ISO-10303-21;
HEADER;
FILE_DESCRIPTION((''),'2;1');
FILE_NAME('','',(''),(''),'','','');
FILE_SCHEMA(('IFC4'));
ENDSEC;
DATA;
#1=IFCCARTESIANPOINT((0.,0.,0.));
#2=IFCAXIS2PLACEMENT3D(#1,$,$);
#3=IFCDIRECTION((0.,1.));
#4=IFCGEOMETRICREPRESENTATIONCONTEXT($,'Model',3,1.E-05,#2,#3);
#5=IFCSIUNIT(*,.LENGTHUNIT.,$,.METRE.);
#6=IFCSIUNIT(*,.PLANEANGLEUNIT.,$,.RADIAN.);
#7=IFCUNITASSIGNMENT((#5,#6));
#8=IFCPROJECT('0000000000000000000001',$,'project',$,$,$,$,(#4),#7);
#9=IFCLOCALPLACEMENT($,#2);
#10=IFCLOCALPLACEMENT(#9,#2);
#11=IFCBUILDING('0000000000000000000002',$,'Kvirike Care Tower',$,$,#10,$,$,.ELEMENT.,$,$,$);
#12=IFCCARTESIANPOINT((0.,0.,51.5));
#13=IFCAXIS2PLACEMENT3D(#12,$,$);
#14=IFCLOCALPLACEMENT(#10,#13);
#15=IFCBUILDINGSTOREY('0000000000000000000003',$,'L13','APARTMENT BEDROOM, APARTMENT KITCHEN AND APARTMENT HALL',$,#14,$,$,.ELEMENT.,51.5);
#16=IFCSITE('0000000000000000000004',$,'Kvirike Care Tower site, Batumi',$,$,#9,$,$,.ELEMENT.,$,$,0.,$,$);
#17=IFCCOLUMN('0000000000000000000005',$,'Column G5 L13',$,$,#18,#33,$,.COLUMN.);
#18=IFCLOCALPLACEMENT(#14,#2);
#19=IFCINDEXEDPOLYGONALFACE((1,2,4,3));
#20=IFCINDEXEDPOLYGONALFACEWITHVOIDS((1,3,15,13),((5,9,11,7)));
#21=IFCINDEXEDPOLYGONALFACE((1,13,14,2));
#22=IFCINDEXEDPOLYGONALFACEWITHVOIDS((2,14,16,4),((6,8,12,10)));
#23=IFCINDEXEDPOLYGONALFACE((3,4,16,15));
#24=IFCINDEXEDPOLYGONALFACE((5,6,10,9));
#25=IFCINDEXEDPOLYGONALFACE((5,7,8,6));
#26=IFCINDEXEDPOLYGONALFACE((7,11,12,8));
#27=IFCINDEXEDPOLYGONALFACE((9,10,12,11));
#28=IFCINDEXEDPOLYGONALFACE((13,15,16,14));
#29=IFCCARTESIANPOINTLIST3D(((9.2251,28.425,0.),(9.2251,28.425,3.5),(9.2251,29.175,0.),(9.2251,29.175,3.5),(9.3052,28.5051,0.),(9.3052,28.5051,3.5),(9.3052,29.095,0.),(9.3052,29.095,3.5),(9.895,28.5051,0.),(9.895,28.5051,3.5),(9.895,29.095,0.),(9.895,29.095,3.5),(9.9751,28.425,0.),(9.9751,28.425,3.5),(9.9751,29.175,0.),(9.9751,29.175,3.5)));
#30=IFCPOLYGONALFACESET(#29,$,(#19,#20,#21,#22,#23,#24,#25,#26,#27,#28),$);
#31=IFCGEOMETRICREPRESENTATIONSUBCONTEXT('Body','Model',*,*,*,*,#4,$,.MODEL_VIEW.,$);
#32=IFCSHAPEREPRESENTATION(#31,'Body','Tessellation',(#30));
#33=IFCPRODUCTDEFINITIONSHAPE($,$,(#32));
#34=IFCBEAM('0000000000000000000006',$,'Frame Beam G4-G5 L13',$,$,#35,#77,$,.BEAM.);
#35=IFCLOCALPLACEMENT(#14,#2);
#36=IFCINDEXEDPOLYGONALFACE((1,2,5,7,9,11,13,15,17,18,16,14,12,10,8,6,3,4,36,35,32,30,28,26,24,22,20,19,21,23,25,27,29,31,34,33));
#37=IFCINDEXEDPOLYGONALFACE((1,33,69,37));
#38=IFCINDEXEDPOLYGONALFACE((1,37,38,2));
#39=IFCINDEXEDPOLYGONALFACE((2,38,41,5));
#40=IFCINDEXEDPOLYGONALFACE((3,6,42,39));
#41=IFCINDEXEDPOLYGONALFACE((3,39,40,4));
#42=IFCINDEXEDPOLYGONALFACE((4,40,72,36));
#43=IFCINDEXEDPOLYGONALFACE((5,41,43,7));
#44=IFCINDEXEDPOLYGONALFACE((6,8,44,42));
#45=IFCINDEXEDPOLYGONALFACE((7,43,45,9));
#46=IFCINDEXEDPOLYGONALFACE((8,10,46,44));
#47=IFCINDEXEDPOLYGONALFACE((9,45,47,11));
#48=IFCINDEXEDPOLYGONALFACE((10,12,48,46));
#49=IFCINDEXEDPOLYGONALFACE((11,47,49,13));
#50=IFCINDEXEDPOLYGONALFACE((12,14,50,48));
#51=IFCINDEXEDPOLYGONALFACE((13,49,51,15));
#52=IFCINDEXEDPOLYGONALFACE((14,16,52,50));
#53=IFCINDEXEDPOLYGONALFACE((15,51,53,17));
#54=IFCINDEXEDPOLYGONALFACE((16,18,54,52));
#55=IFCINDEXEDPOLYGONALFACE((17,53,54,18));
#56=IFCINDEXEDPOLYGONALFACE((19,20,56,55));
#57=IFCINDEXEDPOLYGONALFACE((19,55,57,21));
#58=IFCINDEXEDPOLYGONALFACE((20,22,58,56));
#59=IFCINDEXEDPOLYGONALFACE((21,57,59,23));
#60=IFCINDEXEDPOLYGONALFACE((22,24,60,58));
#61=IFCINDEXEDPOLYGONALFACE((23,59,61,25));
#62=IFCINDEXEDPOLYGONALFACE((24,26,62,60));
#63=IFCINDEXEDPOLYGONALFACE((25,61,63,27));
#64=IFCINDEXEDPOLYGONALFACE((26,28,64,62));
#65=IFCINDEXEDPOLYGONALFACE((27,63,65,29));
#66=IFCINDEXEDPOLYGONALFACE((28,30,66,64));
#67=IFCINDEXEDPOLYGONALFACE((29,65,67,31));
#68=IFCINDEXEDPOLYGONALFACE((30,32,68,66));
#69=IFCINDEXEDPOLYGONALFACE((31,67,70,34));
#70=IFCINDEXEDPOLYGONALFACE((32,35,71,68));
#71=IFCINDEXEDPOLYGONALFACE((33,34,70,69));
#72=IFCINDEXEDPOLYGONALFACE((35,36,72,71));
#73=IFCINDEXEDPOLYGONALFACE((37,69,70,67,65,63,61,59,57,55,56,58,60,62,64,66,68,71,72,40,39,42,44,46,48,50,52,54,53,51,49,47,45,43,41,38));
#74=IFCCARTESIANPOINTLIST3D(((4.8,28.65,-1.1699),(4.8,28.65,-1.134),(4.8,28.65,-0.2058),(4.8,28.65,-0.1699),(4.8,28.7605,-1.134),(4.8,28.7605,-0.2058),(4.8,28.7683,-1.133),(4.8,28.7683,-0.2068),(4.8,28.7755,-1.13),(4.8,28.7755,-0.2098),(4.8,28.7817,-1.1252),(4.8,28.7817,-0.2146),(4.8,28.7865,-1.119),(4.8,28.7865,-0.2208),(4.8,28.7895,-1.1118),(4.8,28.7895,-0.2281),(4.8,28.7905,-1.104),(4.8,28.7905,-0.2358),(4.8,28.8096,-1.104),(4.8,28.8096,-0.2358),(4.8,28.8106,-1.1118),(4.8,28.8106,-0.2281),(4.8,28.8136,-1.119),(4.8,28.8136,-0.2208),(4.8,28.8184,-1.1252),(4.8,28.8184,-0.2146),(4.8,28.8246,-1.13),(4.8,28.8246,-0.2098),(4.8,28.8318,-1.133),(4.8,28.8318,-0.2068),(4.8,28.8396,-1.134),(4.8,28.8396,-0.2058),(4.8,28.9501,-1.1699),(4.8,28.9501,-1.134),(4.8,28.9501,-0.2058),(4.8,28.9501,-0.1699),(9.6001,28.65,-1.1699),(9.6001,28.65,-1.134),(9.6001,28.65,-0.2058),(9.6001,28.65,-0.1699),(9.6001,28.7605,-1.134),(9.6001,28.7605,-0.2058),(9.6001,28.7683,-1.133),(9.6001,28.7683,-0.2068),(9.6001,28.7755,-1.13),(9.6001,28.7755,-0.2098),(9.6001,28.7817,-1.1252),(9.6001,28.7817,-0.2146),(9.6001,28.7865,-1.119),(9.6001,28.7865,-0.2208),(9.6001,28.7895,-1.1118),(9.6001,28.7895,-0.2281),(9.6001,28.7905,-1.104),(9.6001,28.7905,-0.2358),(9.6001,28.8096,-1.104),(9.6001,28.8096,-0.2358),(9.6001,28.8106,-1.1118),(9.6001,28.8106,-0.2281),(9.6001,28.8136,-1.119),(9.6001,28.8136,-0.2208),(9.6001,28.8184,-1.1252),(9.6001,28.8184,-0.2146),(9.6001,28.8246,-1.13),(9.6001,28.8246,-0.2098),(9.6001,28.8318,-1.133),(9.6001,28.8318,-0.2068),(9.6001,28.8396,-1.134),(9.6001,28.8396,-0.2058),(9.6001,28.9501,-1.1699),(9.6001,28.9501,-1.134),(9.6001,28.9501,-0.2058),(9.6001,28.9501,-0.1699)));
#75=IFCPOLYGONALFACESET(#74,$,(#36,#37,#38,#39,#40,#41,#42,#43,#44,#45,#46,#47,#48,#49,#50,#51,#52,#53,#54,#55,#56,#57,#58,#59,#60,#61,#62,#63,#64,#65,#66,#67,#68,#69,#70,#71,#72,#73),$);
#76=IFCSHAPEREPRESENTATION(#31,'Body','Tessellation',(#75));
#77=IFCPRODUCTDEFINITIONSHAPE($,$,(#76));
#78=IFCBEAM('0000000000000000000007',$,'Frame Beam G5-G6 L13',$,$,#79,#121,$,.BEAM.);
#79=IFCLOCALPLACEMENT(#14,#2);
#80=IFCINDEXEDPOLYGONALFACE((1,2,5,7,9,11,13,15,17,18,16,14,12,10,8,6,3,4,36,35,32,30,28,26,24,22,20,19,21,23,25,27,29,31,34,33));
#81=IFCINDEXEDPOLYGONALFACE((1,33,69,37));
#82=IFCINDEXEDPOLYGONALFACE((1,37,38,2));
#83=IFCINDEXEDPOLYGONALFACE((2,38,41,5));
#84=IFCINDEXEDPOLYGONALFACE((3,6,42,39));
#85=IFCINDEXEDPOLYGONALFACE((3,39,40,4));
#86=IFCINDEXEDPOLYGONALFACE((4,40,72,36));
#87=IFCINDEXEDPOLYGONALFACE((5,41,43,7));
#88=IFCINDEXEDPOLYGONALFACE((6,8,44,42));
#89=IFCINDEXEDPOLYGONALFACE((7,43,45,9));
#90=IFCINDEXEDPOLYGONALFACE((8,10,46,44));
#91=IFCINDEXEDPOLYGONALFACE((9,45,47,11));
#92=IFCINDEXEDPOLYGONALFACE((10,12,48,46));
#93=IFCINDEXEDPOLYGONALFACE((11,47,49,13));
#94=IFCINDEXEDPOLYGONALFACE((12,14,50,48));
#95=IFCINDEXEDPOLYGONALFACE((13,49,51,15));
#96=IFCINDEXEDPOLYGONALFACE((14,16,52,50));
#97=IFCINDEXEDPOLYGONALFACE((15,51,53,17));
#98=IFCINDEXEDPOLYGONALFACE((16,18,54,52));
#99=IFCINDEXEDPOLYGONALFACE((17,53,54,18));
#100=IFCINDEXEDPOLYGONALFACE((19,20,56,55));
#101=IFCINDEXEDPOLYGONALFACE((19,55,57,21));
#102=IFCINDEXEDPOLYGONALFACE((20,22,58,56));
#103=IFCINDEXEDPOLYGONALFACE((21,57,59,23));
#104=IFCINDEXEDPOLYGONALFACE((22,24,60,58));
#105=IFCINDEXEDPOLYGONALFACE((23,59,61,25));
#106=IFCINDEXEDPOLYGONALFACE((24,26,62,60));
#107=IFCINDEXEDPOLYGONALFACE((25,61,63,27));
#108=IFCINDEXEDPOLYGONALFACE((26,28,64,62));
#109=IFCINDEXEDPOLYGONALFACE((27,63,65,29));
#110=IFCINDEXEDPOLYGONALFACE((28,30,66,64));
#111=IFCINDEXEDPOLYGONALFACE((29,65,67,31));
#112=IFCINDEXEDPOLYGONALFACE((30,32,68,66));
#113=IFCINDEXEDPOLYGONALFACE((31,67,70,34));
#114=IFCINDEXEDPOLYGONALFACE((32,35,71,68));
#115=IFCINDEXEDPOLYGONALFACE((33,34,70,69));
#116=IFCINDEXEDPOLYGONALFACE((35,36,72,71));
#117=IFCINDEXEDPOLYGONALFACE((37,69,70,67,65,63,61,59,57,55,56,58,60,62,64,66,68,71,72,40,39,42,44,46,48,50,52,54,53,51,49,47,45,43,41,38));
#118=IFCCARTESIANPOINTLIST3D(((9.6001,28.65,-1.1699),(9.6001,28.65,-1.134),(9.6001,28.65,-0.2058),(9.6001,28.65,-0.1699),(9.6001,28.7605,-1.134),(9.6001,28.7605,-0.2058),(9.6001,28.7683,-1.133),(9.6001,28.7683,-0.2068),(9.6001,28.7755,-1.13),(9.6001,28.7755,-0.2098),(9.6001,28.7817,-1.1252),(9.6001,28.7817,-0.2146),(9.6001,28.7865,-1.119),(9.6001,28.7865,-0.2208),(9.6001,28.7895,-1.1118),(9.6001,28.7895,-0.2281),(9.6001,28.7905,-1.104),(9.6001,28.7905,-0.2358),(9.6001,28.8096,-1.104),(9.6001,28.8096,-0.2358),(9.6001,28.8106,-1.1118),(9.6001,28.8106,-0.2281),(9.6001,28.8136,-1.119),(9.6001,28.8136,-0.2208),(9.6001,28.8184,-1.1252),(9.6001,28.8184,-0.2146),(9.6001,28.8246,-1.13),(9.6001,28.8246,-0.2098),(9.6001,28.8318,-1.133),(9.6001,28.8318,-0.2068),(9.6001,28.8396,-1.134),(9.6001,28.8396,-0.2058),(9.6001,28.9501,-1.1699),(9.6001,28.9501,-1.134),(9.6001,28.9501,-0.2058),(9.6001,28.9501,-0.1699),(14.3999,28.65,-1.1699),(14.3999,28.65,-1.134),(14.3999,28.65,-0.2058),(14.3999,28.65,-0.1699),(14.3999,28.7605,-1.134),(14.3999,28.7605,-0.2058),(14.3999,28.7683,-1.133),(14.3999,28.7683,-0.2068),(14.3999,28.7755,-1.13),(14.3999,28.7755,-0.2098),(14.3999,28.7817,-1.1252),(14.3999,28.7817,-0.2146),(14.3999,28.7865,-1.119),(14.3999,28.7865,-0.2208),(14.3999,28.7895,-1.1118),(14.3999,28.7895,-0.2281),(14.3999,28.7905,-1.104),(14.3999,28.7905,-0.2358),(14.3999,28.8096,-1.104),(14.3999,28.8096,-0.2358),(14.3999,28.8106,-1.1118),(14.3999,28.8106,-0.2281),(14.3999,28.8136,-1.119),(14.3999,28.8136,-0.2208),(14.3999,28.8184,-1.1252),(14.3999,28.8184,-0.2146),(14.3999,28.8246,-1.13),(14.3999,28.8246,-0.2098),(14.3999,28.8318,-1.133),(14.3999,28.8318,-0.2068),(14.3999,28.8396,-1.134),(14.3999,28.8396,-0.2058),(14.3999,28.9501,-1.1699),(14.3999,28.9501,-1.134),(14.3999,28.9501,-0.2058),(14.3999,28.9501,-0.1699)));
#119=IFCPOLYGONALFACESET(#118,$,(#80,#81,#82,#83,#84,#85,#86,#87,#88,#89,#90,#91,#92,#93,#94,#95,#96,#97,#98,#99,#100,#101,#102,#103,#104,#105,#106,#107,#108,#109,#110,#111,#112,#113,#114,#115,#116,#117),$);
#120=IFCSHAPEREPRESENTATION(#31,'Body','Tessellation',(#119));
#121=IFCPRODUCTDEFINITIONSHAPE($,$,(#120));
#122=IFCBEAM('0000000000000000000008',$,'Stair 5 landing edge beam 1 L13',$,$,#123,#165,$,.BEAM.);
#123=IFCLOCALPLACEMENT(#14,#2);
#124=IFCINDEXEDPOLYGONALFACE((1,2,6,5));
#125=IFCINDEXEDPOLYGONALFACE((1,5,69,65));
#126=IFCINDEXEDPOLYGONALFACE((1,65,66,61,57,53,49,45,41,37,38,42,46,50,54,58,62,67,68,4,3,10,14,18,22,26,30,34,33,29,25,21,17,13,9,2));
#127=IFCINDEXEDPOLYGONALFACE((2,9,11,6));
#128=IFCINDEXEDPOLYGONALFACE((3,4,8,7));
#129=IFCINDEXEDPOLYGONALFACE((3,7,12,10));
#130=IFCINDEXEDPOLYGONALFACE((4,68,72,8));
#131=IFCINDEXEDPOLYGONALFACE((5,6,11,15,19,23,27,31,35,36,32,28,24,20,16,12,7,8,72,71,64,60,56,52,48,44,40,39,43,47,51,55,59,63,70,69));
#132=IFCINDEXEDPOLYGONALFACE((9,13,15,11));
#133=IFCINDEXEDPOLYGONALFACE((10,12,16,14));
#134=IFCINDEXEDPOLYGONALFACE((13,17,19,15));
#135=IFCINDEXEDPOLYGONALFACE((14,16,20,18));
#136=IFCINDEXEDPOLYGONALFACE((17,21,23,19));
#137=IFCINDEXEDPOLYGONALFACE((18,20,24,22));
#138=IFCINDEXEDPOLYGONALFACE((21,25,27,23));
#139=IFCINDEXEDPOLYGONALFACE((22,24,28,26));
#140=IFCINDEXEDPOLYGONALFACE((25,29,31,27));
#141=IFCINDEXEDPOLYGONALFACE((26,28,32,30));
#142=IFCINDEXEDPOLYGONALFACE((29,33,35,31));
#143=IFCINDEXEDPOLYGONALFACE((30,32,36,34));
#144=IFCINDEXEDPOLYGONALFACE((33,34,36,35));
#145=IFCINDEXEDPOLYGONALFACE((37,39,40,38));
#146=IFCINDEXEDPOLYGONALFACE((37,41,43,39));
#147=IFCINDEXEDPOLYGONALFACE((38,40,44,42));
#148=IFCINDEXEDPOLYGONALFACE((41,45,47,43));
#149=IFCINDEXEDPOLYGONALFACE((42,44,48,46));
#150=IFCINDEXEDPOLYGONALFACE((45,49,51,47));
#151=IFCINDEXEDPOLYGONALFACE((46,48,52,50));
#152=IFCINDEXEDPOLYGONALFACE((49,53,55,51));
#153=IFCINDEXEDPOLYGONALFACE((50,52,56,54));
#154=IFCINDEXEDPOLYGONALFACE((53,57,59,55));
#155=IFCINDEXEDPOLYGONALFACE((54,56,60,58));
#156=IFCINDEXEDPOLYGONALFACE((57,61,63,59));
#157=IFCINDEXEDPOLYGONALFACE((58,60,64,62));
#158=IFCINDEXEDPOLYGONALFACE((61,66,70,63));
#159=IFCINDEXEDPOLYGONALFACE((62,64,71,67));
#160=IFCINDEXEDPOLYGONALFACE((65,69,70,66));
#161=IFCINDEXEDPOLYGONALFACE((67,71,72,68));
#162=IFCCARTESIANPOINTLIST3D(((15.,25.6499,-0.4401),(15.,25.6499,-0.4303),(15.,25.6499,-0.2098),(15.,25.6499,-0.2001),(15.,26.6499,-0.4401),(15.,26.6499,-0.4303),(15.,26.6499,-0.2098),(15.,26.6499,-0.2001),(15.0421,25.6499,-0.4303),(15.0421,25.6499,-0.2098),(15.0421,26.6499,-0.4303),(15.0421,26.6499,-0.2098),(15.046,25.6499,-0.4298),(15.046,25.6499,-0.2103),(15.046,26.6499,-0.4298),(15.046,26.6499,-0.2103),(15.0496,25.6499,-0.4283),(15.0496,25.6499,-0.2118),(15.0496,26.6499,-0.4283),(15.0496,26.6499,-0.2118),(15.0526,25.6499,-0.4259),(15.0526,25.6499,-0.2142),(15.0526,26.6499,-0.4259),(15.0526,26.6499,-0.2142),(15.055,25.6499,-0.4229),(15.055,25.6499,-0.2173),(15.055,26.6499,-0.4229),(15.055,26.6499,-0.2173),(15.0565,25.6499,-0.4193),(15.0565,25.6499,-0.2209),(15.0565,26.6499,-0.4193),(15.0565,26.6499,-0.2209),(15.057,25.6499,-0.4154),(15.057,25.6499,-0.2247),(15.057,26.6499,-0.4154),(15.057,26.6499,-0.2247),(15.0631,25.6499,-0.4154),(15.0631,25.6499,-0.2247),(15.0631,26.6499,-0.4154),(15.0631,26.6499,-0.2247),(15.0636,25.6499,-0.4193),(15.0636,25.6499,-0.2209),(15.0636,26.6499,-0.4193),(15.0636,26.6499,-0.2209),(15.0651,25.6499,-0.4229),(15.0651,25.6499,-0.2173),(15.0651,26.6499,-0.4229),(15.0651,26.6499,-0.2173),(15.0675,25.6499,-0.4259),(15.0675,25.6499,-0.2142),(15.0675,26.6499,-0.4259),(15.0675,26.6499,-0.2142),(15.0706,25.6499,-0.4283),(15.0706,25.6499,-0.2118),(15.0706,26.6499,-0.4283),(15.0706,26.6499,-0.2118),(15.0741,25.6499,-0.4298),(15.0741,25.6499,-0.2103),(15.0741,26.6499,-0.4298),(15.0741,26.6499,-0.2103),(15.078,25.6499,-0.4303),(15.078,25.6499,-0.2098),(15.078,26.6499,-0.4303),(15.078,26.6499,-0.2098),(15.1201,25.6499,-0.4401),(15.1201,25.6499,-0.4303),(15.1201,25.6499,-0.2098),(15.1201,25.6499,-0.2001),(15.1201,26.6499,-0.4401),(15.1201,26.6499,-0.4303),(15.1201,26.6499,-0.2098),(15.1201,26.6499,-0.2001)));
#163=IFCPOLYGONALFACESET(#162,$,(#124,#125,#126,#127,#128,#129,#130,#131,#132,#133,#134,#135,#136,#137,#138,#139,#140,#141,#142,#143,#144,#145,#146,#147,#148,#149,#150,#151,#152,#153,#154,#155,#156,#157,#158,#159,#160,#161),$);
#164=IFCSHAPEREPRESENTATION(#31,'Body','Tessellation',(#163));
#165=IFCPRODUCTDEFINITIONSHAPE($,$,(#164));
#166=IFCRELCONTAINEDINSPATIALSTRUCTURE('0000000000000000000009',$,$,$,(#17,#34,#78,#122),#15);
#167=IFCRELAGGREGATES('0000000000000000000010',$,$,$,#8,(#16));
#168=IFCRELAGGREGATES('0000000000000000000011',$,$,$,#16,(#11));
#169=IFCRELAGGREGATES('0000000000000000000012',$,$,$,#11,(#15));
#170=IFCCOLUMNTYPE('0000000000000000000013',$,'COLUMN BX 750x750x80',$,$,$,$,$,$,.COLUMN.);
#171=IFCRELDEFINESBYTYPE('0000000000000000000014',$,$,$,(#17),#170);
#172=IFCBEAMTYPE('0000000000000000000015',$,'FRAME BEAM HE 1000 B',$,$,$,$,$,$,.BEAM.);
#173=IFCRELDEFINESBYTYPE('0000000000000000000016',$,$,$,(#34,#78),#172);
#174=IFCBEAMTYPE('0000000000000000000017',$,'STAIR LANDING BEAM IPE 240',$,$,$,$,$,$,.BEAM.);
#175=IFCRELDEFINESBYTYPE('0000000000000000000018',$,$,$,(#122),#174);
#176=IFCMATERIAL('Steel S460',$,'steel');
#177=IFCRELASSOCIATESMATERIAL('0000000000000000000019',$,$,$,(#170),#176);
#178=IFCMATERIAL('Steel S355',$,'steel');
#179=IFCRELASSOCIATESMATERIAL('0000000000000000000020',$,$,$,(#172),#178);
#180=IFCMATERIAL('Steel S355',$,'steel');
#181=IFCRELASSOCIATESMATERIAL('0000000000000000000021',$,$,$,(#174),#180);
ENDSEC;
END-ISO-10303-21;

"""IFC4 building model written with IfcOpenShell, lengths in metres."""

from ifc_helpers import new_model, si_unit, direction, frame, origin, origin_2d, place, context, subcontext, project, spatial, hollow_rectangle, i_section, extrude, material, material_profile, profile_set, type_object, element, save


model = new_model("IFC4")

# Units and contexts
model_context = context("Model", 3, precision=1e-05, world=origin(), true_north=direction((0.0, 1.0)))
body_context = subcontext(model_context, "Body", "Model", "MODEL_VIEW")
ifc_project = project(units=[si_unit("LENGTHUNIT", "METRE"), si_unit("PLANEANGLEUNIT", "RADIAN")], contexts=[model_context])

# Site, building, storey
site_placement = place(None, origin())
site = spatial("IfcSite", under=ifc_project, at=site_placement, Name="Kvirike Care Tower site, Batumi", CompositionType="ELEMENT", RefElevation=0.0)
building_placement = place(site_placement, origin())
building = spatial("IfcBuilding", under=site, at=building_placement, Name="Kvirike Care Tower", CompositionType="ELEMENT")
storey_placement = place(building_placement, frame((0.0, 0.0, 51.5)))
storey = spatial("IfcBuildingStorey", under=building, at=storey_placement, Name="L13", Description="APARTMENT BEDROOM, APARTMENT KITCHEN AND APARTMENT HALL", CompositionType="ELEMENT", Elevation=51.5)

# Column
ifc_material_1 = material(Name="Steel S460", Category="steel")
ifc_material_profile_1 = material_profile(ifc_material_1, hollow_rectangle(XDim=0.75, YDim=0.75, WallThickness=0.0801, at=origin_2d()), Name="BX 750x750x80")
ifc_profile_set_1 = profile_set([ifc_material_profile_1], Name="Steel S460")
column_type = type_object("IfcColumnType", Name="COLUMN BX 750x750x80", PredefinedType="COLUMN", material=ifc_profile_set_1)
column_placement = place(storey_placement, frame((9.6001, 28.8, 0.0), z_axis=(0.0, 0.0, 1.0), x_axis=(0.0, 1.0, 0.0)))
element("IfcColumn", 1, at=column_placement, inside=storey, type_object=column_type, Name="Column G5 L13", PredefinedType="COLUMN", context=body_context, shape_type="SweptSolid", body=[
    extrude(hollow_rectangle(XDim=0.75, YDim=0.75, WallThickness=0.0801, at=origin_2d()), origin(), (0.0, 0.0, 1.0), 3.5),
])

# Beams
ifc_material_2 = material(Name="Steel S355", Category="steel")
ifc_material_profile_2 = material_profile(ifc_material_2, i_section(OverallWidth=0.3, OverallDepth=1.0, WebThickness=0.019, FlangeThickness=0.0359, FilletRadius=0.03, at=origin_2d()), Name="HE 1000 B")
ifc_profile_set_2 = profile_set([ifc_material_profile_2], Name="Steel S355")
beam_type_1 = type_object("IfcBeamType", Name="FRAME BEAM HE 1000 B", PredefinedType="BEAM", material=ifc_profile_set_2)
beam_1_placement = place(storey_placement, frame((4.8, 28.8, -0.6699), z_axis=(1.0, 0.0, 0.0), x_axis=(0.0, 1.0, 0.0)))
element("IfcBeam", 2, at=beam_1_placement, inside=storey, type_object=beam_type_1, Name="Frame Beam G4-G5 L13", PredefinedType="BEAM", context=body_context, shape_type="SweptSolid", body=[
    extrude(i_section(OverallWidth=0.3, OverallDepth=1.0, WebThickness=0.019, FlangeThickness=0.0359, FilletRadius=0.03, at=origin_2d()), origin(), (0.0, 0.0, 1.0), 4.8),
])
beam_2_placement = place(storey_placement, frame((9.6001, 28.8, -0.6699), z_axis=(1.0, 0.0, 0.0), x_axis=(0.0, 1.0, 0.0)))
element("IfcBeam", 3, at=beam_2_placement, inside=storey, type_object=beam_type_1, Name="Frame Beam G5-G6 L13", PredefinedType="BEAM", context=body_context, shape_type="SweptSolid", body=[
    extrude(i_section(OverallWidth=0.3, OverallDepth=1.0, WebThickness=0.019, FlangeThickness=0.0359, FilletRadius=0.03, at=origin_2d()), origin(), (0.0, 0.0, 1.0), 4.7998),
])
ifc_material_3 = material(Name="Steel S355", Category="steel")
ifc_material_profile_3 = material_profile(ifc_material_3, i_section(OverallWidth=0.1201, OverallDepth=0.24, WebThickness=0.0061, FlangeThickness=0.0098, FilletRadius=0.0149, at=origin_2d()), Name="IPE 240")
ifc_profile_set_3 = profile_set([ifc_material_profile_3], Name="Steel S355")
beam_type_2 = type_object("IfcBeamType", Name="STAIR LANDING BEAM IPE 240", PredefinedType="BEAM", material=ifc_profile_set_3)
for number, where, z_axis, x_axis, name in (
    (4, (15.0601, 25.6499, -0.3201), (0.0, 1.0, 0.0), (-1.0, 0.0, 0.0), "Stair 5 landing edge beam 1 L13"),
):
    element("IfcBeam", number, at=place(storey_placement, frame(where, z_axis=z_axis, x_axis=x_axis)), inside=storey, type_object=beam_type_2, Name=name, PredefinedType="BEAM", context=body_context, shape_type="SweptSolid", body=[
        extrude(i_section(OverallWidth=0.1201, OverallDepth=0.24, WebThickness=0.0061, FlangeThickness=0.0098, FilletRadius=0.0149, at=origin_2d()), origin(), (0.0, 0.0, 1.0), 1.0),
    ])

save(model, "model.ifc")
